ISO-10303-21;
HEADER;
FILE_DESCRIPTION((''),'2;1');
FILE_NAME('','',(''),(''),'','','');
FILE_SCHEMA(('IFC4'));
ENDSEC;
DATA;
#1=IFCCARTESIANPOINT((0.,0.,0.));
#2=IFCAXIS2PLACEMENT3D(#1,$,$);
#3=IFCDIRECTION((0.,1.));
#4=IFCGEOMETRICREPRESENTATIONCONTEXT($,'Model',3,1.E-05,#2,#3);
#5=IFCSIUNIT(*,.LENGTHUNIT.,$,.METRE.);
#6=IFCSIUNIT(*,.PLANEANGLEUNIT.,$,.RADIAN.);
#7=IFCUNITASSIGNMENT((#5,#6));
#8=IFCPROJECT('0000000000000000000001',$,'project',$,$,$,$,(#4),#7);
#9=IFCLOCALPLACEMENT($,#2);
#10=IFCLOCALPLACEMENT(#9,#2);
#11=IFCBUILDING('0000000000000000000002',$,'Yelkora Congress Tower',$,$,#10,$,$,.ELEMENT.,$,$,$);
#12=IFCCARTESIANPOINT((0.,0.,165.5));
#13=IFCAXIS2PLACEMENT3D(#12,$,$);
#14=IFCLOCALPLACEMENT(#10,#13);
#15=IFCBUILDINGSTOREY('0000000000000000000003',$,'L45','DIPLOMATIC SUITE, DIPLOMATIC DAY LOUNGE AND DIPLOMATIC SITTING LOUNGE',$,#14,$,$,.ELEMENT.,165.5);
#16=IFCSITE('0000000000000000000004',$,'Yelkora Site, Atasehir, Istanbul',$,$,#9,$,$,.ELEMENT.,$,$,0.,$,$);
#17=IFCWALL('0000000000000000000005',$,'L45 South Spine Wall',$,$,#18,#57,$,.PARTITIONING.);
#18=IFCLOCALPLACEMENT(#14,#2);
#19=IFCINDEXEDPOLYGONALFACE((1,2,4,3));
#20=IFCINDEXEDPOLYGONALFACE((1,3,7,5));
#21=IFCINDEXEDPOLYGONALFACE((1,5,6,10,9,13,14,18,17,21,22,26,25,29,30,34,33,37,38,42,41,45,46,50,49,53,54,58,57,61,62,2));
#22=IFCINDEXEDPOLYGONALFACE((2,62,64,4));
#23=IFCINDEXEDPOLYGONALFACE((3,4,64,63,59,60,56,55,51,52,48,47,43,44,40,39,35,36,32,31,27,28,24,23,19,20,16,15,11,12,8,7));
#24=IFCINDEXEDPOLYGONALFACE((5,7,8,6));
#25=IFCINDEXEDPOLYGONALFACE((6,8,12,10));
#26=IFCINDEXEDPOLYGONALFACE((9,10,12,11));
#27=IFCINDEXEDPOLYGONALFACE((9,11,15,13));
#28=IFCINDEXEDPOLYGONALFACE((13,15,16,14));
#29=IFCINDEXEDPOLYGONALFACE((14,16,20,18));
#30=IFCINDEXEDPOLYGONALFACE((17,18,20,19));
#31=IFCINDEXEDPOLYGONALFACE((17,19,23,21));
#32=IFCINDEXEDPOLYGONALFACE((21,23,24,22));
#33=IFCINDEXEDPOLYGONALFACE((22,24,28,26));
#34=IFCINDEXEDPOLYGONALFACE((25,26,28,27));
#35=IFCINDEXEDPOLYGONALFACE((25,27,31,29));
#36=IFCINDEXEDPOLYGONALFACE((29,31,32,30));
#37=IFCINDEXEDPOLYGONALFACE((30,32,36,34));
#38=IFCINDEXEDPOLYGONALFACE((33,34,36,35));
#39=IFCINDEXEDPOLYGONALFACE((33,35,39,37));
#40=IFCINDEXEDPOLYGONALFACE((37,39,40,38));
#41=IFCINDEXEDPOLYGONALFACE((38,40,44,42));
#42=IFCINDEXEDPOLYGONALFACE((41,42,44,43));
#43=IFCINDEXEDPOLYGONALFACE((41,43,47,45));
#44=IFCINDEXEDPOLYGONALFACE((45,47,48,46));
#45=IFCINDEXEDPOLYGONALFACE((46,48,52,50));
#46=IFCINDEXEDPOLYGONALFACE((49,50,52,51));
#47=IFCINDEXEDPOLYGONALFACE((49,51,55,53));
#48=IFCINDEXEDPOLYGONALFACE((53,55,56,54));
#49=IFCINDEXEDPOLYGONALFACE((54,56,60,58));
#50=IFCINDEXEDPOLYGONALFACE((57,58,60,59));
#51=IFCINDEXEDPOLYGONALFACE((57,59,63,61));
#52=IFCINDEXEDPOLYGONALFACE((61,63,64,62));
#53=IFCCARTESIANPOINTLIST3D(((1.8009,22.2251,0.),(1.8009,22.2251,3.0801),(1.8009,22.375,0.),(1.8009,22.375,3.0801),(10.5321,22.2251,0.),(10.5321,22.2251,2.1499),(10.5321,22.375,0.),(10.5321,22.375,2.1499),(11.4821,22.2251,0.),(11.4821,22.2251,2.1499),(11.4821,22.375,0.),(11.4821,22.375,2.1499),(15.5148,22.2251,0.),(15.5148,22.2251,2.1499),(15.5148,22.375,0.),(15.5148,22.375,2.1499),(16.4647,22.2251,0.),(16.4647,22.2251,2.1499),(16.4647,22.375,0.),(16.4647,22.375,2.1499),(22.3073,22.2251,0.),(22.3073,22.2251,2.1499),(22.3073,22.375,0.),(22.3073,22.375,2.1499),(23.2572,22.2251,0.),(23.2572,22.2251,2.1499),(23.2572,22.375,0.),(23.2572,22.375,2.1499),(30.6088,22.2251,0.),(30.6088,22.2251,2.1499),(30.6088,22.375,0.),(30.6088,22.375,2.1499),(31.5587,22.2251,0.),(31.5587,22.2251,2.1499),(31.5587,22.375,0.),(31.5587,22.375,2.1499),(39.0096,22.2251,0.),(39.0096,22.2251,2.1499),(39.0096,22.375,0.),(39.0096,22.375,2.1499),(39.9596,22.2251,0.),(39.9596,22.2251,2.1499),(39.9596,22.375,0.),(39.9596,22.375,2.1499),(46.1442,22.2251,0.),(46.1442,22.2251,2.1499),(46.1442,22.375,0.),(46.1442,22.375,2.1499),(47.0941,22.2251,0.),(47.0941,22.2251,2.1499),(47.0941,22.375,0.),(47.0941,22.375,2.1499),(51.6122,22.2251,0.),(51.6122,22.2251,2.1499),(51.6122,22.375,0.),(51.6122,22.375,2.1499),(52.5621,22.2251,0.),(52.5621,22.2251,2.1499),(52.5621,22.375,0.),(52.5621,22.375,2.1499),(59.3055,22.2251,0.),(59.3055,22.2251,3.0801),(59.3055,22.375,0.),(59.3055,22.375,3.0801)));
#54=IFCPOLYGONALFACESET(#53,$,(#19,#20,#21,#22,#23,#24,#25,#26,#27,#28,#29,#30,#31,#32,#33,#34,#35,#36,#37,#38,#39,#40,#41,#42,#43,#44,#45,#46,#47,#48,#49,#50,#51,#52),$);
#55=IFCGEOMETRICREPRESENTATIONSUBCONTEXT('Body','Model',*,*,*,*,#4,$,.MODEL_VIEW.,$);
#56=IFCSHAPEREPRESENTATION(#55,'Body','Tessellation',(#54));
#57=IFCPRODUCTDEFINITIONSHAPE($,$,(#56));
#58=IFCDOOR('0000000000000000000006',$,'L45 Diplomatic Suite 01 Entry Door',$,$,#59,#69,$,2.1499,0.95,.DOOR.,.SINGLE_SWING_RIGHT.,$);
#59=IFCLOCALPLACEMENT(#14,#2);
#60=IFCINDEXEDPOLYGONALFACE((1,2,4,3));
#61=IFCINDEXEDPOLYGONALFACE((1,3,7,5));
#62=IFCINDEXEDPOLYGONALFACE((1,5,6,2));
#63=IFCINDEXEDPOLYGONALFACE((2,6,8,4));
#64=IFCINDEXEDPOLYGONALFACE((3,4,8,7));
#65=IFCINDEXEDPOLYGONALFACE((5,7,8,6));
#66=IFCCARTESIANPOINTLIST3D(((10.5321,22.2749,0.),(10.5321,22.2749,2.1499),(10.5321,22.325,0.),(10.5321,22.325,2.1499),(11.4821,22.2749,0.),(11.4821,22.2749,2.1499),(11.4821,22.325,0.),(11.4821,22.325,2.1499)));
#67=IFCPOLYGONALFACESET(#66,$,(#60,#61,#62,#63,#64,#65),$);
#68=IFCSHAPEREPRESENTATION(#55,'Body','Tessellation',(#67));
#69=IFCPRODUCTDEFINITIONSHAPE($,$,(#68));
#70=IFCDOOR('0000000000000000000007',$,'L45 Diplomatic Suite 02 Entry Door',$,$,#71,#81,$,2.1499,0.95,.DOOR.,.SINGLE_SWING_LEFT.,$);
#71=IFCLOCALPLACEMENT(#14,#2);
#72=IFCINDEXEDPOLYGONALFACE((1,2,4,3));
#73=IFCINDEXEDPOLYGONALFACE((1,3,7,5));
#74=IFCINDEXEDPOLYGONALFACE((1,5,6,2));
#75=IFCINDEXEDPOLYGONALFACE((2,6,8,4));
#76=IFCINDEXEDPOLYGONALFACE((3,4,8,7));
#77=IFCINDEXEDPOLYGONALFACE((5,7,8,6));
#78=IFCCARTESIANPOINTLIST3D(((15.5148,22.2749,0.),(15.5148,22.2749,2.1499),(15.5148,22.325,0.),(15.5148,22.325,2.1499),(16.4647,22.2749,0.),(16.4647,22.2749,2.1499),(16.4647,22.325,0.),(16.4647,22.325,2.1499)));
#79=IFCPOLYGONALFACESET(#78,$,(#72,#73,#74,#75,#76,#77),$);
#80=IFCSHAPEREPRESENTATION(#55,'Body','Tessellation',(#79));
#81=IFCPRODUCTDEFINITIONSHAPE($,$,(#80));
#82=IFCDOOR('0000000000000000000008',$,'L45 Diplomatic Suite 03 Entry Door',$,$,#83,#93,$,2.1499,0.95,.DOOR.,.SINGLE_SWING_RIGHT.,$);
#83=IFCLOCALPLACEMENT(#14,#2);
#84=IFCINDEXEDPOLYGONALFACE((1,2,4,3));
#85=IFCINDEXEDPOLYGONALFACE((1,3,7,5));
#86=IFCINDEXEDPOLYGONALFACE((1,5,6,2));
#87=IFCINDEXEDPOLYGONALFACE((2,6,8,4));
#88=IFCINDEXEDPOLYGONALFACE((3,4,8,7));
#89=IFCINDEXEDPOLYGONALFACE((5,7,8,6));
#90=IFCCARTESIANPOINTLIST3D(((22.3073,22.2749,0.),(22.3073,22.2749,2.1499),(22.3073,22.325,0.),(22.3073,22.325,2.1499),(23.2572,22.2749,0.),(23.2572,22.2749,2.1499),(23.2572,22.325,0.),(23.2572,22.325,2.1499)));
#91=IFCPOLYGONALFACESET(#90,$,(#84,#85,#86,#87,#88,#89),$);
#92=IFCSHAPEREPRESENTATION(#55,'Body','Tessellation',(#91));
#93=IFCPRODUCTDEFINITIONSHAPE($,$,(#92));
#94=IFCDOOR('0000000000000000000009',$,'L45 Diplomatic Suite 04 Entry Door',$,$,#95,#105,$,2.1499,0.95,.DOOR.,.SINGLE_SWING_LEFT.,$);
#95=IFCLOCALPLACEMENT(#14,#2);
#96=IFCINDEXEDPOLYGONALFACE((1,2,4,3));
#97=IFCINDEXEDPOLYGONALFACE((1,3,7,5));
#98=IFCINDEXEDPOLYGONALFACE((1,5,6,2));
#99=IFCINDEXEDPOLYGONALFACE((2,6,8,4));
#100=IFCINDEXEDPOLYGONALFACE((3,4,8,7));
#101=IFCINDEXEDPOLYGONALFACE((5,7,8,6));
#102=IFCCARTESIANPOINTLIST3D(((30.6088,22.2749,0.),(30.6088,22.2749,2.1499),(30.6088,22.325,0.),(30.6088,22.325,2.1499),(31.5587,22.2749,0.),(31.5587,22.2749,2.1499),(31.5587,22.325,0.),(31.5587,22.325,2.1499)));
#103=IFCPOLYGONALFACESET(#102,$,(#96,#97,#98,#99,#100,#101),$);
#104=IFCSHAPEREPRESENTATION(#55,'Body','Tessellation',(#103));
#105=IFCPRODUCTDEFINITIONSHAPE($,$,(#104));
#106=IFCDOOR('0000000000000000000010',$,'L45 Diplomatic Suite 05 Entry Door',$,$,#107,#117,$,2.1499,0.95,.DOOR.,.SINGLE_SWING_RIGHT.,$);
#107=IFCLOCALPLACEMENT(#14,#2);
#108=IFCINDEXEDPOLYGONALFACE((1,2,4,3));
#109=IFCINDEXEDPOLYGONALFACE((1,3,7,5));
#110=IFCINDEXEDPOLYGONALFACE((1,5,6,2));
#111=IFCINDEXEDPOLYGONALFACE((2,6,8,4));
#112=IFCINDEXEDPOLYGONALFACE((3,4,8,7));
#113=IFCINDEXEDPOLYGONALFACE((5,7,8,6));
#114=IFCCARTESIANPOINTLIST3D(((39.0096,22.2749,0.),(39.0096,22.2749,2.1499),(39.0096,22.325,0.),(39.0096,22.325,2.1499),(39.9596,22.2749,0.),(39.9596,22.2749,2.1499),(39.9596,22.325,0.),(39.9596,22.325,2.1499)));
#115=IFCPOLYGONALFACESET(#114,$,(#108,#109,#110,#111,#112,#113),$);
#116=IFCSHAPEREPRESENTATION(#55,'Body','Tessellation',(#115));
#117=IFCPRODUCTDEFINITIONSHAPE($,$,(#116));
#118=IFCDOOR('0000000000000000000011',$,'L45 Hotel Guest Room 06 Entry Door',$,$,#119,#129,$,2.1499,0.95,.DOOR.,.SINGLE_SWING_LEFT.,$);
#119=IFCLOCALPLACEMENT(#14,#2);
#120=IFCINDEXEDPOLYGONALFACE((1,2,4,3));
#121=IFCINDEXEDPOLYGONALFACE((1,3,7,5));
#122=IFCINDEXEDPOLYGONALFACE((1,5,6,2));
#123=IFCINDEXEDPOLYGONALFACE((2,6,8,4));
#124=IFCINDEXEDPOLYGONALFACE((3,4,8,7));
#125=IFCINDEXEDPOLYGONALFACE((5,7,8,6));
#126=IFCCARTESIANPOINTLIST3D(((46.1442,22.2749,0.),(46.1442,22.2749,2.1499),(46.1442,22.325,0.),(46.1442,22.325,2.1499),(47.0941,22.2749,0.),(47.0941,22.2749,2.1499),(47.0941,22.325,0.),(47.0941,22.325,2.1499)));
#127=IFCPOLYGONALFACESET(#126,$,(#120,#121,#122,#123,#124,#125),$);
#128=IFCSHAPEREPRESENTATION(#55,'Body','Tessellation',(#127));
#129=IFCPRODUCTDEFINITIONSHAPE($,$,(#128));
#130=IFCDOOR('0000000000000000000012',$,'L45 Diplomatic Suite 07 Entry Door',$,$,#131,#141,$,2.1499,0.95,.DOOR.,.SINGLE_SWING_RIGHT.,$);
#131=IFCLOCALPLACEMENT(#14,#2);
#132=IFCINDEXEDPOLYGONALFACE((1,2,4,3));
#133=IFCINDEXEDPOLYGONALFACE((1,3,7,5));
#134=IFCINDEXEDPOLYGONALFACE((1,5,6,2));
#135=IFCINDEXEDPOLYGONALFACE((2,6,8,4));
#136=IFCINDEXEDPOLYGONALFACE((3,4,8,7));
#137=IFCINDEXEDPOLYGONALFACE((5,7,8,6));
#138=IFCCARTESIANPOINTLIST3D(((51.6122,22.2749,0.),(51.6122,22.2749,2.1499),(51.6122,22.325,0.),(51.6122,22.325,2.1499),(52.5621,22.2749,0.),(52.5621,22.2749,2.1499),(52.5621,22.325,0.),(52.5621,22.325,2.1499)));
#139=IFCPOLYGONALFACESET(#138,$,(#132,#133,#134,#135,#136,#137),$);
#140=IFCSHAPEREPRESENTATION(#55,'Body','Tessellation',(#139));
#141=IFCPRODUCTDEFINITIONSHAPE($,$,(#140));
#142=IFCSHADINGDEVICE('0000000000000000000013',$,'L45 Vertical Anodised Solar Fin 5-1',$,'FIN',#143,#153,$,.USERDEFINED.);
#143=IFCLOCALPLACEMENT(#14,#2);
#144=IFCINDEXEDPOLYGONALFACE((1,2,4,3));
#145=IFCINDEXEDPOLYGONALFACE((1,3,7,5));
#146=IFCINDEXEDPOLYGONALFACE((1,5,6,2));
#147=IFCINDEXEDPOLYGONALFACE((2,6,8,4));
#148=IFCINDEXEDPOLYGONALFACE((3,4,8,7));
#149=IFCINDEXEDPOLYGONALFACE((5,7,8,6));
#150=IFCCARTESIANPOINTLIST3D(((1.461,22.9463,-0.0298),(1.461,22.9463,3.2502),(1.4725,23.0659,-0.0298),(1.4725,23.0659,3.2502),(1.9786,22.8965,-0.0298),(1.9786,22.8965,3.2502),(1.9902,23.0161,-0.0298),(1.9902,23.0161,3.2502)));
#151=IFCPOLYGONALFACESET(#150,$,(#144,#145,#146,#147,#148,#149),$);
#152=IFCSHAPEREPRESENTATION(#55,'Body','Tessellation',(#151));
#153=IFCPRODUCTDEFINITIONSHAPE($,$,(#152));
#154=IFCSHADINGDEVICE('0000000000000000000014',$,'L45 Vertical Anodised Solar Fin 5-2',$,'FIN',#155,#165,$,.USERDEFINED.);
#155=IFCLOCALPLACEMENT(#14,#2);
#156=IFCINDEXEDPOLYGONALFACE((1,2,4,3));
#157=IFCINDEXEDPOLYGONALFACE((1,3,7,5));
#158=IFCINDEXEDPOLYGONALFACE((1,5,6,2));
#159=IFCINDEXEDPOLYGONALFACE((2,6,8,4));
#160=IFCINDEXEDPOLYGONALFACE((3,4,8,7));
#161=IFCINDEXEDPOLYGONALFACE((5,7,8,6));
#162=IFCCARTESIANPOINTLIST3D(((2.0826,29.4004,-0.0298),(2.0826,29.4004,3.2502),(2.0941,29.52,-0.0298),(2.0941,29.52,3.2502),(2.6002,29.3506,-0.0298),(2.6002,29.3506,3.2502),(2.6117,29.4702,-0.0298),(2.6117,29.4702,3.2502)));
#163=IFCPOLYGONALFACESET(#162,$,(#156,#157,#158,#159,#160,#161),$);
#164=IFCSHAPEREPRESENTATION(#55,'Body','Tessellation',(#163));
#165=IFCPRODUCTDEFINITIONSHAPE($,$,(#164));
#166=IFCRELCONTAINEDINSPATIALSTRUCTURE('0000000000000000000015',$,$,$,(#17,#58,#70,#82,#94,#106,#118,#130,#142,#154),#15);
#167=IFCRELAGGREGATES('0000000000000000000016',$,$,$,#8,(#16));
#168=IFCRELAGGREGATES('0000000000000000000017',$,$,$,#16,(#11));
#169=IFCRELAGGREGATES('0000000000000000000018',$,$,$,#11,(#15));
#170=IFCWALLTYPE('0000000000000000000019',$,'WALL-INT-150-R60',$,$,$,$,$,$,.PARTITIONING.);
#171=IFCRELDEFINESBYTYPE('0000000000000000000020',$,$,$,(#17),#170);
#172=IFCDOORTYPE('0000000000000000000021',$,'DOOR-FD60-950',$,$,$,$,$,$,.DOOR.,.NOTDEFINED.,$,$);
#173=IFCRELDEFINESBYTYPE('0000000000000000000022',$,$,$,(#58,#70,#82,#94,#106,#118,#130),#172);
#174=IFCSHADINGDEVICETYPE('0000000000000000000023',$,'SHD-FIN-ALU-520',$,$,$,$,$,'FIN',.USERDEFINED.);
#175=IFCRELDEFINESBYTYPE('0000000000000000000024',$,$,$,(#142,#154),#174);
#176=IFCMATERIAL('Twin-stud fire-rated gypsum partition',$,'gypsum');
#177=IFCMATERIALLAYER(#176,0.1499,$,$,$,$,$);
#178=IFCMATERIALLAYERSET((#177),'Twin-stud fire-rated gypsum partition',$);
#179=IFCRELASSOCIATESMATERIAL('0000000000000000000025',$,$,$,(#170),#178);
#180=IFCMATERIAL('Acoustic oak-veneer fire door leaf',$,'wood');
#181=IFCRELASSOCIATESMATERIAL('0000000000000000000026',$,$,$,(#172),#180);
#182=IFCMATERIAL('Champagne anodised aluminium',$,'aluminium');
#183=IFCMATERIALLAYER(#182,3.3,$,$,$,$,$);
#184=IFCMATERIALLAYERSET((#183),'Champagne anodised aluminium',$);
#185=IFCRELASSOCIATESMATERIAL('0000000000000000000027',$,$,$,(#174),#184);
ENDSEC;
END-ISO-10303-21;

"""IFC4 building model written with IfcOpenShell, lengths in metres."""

from ifc_helpers import new_model, si_unit, direction, frame, frame_2d, origin, origin_2d, place, context, subcontext, project, spatial, rectangle, extrude, material, layer, layer_set, type_object, element, fill, save


model = new_model("IFC4")

# Units and contexts
model_context = context("Model", 3, precision=1e-05, world=origin(), true_north=direction((0.0, 1.0)))
body_context = subcontext(model_context, "Body", "Model", "MODEL_VIEW")
ifc_project = project(units=[si_unit("LENGTHUNIT", "METRE"), si_unit("PLANEANGLEUNIT", "RADIAN")], contexts=[model_context])

# Site, building, storey
site_placement = place(None, origin())
site = spatial("IfcSite", under=ifc_project, at=site_placement, Name="Yelkora Site, Atasehir, Istanbul", CompositionType="ELEMENT", RefElevation=0.0)
building_placement = place(site_placement, origin())
building = spatial("IfcBuilding", under=site, at=building_placement, Name="Yelkora Congress Tower", CompositionType="ELEMENT")
storey_placement = place(building_placement, frame((0.0, 0.0, 165.5)))
storey = spatial("IfcBuildingStorey", under=building, at=storey_placement, Name="L45", Description="DIPLOMATIC SUITE, DIPLOMATIC DAY LOUNGE AND DIPLOMATIC SITTING LOUNGE", CompositionType="ELEMENT", Elevation=165.5)

# Wall, openings, doors
ifc_material_1 = material(Name="Twin-stud fire-rated gypsum partition", Category="gypsum")
ifc_layer_1 = layer(ifc_material_1, 0.1499)
ifc_layer_set_1 = layer_set([ifc_layer_1], Name="Twin-stud fire-rated gypsum partition")
wall_type_1 = type_object("IfcWallType", Name="WALL-INT-150-R60", PredefinedType="PARTITIONING", material=ifc_layer_set_1)
wall_1_placement = place(storey_placement, frame((1.8008, 22.3, 0.0), z_axis=(0.0, 0.0, 1.0), x_axis=(1.0, 0.0, 0.0)))
wall_1 = element("IfcWall", 1, at=wall_1_placement, inside=storey, type_object=wall_type_1, Name="L45 South Spine Wall", PredefinedType="PARTITIONING", context=body_context, shape_type="SweptSolid", body=[
    extrude(rectangle(XDim=57.5046, YDim=0.1499, at=frame_2d((28.7524, 0.0))), origin(), (0.0, 0.0, 1.0), 3.0801),
])
opening_1_placement = place(wall_1_placement, frame((8.7312, 0.0, 0.0)))
opening_1 = element("IfcOpeningElement", 2, at=opening_1_placement, cuts=wall_1, PredefinedType="OPENING", context=body_context, shape_type="SweptSolid", body=[
    extrude(rectangle(XDim=0.95, YDim=2.1499, at=frame_2d((0.4751, 1.075))), frame((0.0, 0.085, 0.0), z_axis=(0.0, -1.0, 0.0), x_axis=(1.0, 0.0, 0.0)), (0.0, 0.0, 1.0), 0.1699),
])
opening_2_placement = place(wall_1_placement, frame((13.7139, 0.0, 0.0)))
opening_2 = element("IfcOpeningElement", 3, at=opening_2_placement, cuts=wall_1, PredefinedType="OPENING", context=body_context, shape_type="SweptSolid", body=[
    extrude(rectangle(XDim=0.95, YDim=2.1499, at=frame_2d((0.4751, 1.075))), frame((0.0, 0.085, 0.0), z_axis=(0.0, -1.0, 0.0), x_axis=(1.0, 0.0, 0.0)), (0.0, 0.0, 1.0), 0.1699),
])
opening_3_placement = place(wall_1_placement, frame((20.5063, 0.0, 0.0)))
opening_3 = element("IfcOpeningElement", 4, at=opening_3_placement, cuts=wall_1, PredefinedType="OPENING", context=body_context, shape_type="SweptSolid", body=[
    extrude(rectangle(XDim=0.95, YDim=2.1499, at=frame_2d((0.4751, 1.075))), frame((0.0, 0.085, 0.0), z_axis=(0.0, -1.0, 0.0), x_axis=(1.0, 0.0, 0.0)), (0.0, 0.0, 1.0), 0.1699),
])
opening_4_placement = place(wall_1_placement, frame((28.8079, 0.0, 0.0)))
opening_4 = element("IfcOpeningElement", 5, at=opening_4_placement, cuts=wall_1, PredefinedType="OPENING", context=body_context, shape_type="SweptSolid", body=[
    extrude(rectangle(XDim=0.95, YDim=2.1499, at=frame_2d((0.4751, 1.075))), frame((0.0, 0.085, 0.0), z_axis=(0.0, -1.0, 0.0), x_axis=(1.0, 0.0, 0.0)), (0.0, 0.0, 1.0), 0.1699),
])
opening_5_placement = place(wall_1_placement, frame((37.2087, 0.0, 0.0)))
opening_5 = element("IfcOpeningElement", 6, at=opening_5_placement, cuts=wall_1, PredefinedType="OPENING", context=body_context, shape_type="SweptSolid", body=[
    extrude(rectangle(XDim=0.95, YDim=2.1499, at=frame_2d((0.4751, 1.075))), frame((0.0, 0.085, 0.0), z_axis=(0.0, -1.0, 0.0), x_axis=(1.0, 0.0, 0.0)), (0.0, 0.0, 1.0), 0.1699),
])
opening_6_placement = place(wall_1_placement, frame((44.3433, 0.0, 0.0)))
opening_6 = element("IfcOpeningElement", 7, at=opening_6_placement, cuts=wall_1, PredefinedType="OPENING", context=body_context, shape_type="SweptSolid", body=[
    extrude(rectangle(XDim=0.95, YDim=2.1499, at=frame_2d((0.4751, 1.075))), frame((0.0, 0.085, 0.0), z_axis=(0.0, -1.0, 0.0), x_axis=(1.0, 0.0, 0.0)), (0.0, 0.0, 1.0), 0.1699),
])
opening_7_placement = place(wall_1_placement, frame((49.8113, 0.0, 0.0)))
opening_7 = element("IfcOpeningElement", 8, at=opening_7_placement, cuts=wall_1, PredefinedType="OPENING", context=body_context, shape_type="SweptSolid", body=[
    extrude(rectangle(XDim=0.95, YDim=2.1499, at=frame_2d((0.4751, 1.075))), frame((0.0, 0.085, 0.0), z_axis=(0.0, -1.0, 0.0), x_axis=(1.0, 0.0, 0.0)), (0.0, 0.0, 1.0), 0.1699),
])
ifc_material_2 = material(Name="Acoustic oak-veneer fire door leaf", Category="wood")
door_type_1 = type_object("IfcDoorType", Name="DOOR-FD60-950", OperationType="NOTDEFINED", PredefinedType="DOOR", material=ifc_material_2)
door_1_placement = place(opening_1_placement, origin())
door_1 = element("IfcDoor", 9, at=door_1_placement, inside=storey, type_object=door_type_1, Name="L45 Diplomatic Suite 01 Entry Door", OperationType="SINGLE_SWING_RIGHT", OverallHeight=2.1499, OverallWidth=0.95, PredefinedType="DOOR", context=body_context, shape_type="SweptSolid", body=[
    extrude(rectangle(XDim=0.95, YDim=2.1499, at=frame_2d((0.4751, 1.075))), frame((0.0, 0.0249, 0.0), z_axis=(0.0, -1.0, 0.0), x_axis=(1.0, 0.0, 0.0)), (0.0, 0.0, 1.0), 0.05),
])
fill(opening_1, door_1)
door_2_placement = place(opening_2_placement, origin())
door_2 = element("IfcDoor", 10, at=door_2_placement, inside=storey, type_object=door_type_1, Name="L45 Diplomatic Suite 02 Entry Door", OperationType="SINGLE_SWING_LEFT", OverallHeight=2.1499, OverallWidth=0.95, PredefinedType="DOOR", context=body_context, shape_type="SweptSolid", body=[
    extrude(rectangle(XDim=0.95, YDim=2.1499, at=frame_2d((0.4751, 1.075))), frame((0.0, 0.0249, 0.0), z_axis=(0.0, -1.0, 0.0), x_axis=(1.0, 0.0, 0.0)), (0.0, 0.0, 1.0), 0.05),
])
fill(opening_2, door_2)
door_3_placement = place(opening_3_placement, origin())
door_3 = element("IfcDoor", 11, at=door_3_placement, inside=storey, type_object=door_type_1, Name="L45 Diplomatic Suite 03 Entry Door", OperationType="SINGLE_SWING_RIGHT", OverallHeight=2.1499, OverallWidth=0.95, PredefinedType="DOOR", context=body_context, shape_type="SweptSolid", body=[
    extrude(rectangle(XDim=0.95, YDim=2.1499, at=frame_2d((0.4751, 1.075))), frame((0.0, 0.0249, 0.0), z_axis=(0.0, -1.0, 0.0), x_axis=(1.0, 0.0, 0.0)), (0.0, 0.0, 1.0), 0.05),
])
fill(opening_3, door_3)
door_4_placement = place(opening_4_placement, origin())
door_4 = element("IfcDoor", 12, at=door_4_placement, inside=storey, type_object=door_type_1, Name="L45 Diplomatic Suite 04 Entry Door", OperationType="SINGLE_SWING_LEFT", OverallHeight=2.1499, OverallWidth=0.95, PredefinedType="DOOR", context=body_context, shape_type="SweptSolid", body=[
    extrude(rectangle(XDim=0.95, YDim=2.1499, at=frame_2d((0.4751, 1.075))), frame((0.0, 0.0249, 0.0), z_axis=(0.0, -1.0, 0.0), x_axis=(1.0, 0.0, 0.0)), (0.0, 0.0, 1.0), 0.05),
])
fill(opening_4, door_4)
door_5_placement = place(opening_5_placement, origin())
door_5 = element("IfcDoor", 13, at=door_5_placement, inside=storey, type_object=door_type_1, Name="L45 Diplomatic Suite 05 Entry Door", OperationType="SINGLE_SWING_RIGHT", OverallHeight=2.1499, OverallWidth=0.95, PredefinedType="DOOR", context=body_context, shape_type="SweptSolid", body=[
    extrude(rectangle(XDim=0.95, YDim=2.1499, at=frame_2d((0.4751, 1.075))), frame((0.0, 0.0249, 0.0), z_axis=(0.0, -1.0, 0.0), x_axis=(1.0, 0.0, 0.0)), (0.0, 0.0, 1.0), 0.05),
])
fill(opening_5, door_5)
door_6_placement = place(opening_6_placement, origin())
door_6 = element("IfcDoor", 14, at=door_6_placement, inside=storey, type_object=door_type_1, Name="L45 Hotel Guest Room 06 Entry Door", OperationType="SINGLE_SWING_LEFT", OverallHeight=2.1499, OverallWidth=0.95, PredefinedType="DOOR", context=body_context, shape_type="SweptSolid", body=[
    extrude(rectangle(XDim=0.95, YDim=2.1499, at=frame_2d((0.4751, 1.075))), frame((0.0, 0.0249, 0.0), z_axis=(0.0, -1.0, 0.0), x_axis=(1.0, 0.0, 0.0)), (0.0, 0.0, 1.0), 0.05),
])
fill(opening_6, door_6)
door_7_placement = place(opening_7_placement, origin())
door_7 = element("IfcDoor", 15, at=door_7_placement, inside=storey, type_object=door_type_1, Name="L45 Diplomatic Suite 07 Entry Door", OperationType="SINGLE_SWING_RIGHT", OverallHeight=2.1499, OverallWidth=0.95, PredefinedType="DOOR", context=body_context, shape_type="SweptSolid", body=[
    extrude(rectangle(XDim=0.95, YDim=2.1499, at=frame_2d((0.4751, 1.075))), frame((0.0, 0.0249, 0.0), z_axis=(0.0, -1.0, 0.0), x_axis=(1.0, 0.0, 0.0)), (0.0, 0.0, 1.0), 0.05),
])
fill(opening_7, door_7)

# Shading devices
ifc_material_3 = material(Name="Champagne anodised aluminium", Category="aluminium")
ifc_layer_2 = layer(ifc_material_3, 3.3)
ifc_layer_set_2 = layer_set([ifc_layer_2], Name="Champagne anodised aluminium")
shading_device_type = type_object("IfcShadingDeviceType", Name="SHD-FIN-ALU-520", ElementType="FIN", PredefinedType="USERDEFINED", material=ifc_layer_set_2)
for number, where, z_axis, x_axis, name in (
    (16, (1.7256, 22.9812, -0.0298), (0.0, 0.0, 1.0), (0.095846, 0.995396, 0.0), "L45 Vertical Anodised Solar Fin 5-1"),
    (17, (2.3472, 29.4353, -0.0298), (0.0, 0.0, 1.0), (0.095846, 0.995396, 0.0), "L45 Vertical Anodised Solar Fin 5-2"),
):
    element("IfcShadingDevice", number, at=place(storey_placement, frame(where, z_axis=z_axis, x_axis=x_axis)), inside=storey, type_object=shading_device_type, Name=name, ObjectType="FIN", PredefinedType="USERDEFINED", context=body_context, shape_type="SweptSolid", body=[
        extrude(rectangle(XDim=0.1201, YDim=0.52, at=origin_2d()), origin(), (0.0, 0.0, 1.0), 3.28),
    ])

save(model, "model.ifc")
